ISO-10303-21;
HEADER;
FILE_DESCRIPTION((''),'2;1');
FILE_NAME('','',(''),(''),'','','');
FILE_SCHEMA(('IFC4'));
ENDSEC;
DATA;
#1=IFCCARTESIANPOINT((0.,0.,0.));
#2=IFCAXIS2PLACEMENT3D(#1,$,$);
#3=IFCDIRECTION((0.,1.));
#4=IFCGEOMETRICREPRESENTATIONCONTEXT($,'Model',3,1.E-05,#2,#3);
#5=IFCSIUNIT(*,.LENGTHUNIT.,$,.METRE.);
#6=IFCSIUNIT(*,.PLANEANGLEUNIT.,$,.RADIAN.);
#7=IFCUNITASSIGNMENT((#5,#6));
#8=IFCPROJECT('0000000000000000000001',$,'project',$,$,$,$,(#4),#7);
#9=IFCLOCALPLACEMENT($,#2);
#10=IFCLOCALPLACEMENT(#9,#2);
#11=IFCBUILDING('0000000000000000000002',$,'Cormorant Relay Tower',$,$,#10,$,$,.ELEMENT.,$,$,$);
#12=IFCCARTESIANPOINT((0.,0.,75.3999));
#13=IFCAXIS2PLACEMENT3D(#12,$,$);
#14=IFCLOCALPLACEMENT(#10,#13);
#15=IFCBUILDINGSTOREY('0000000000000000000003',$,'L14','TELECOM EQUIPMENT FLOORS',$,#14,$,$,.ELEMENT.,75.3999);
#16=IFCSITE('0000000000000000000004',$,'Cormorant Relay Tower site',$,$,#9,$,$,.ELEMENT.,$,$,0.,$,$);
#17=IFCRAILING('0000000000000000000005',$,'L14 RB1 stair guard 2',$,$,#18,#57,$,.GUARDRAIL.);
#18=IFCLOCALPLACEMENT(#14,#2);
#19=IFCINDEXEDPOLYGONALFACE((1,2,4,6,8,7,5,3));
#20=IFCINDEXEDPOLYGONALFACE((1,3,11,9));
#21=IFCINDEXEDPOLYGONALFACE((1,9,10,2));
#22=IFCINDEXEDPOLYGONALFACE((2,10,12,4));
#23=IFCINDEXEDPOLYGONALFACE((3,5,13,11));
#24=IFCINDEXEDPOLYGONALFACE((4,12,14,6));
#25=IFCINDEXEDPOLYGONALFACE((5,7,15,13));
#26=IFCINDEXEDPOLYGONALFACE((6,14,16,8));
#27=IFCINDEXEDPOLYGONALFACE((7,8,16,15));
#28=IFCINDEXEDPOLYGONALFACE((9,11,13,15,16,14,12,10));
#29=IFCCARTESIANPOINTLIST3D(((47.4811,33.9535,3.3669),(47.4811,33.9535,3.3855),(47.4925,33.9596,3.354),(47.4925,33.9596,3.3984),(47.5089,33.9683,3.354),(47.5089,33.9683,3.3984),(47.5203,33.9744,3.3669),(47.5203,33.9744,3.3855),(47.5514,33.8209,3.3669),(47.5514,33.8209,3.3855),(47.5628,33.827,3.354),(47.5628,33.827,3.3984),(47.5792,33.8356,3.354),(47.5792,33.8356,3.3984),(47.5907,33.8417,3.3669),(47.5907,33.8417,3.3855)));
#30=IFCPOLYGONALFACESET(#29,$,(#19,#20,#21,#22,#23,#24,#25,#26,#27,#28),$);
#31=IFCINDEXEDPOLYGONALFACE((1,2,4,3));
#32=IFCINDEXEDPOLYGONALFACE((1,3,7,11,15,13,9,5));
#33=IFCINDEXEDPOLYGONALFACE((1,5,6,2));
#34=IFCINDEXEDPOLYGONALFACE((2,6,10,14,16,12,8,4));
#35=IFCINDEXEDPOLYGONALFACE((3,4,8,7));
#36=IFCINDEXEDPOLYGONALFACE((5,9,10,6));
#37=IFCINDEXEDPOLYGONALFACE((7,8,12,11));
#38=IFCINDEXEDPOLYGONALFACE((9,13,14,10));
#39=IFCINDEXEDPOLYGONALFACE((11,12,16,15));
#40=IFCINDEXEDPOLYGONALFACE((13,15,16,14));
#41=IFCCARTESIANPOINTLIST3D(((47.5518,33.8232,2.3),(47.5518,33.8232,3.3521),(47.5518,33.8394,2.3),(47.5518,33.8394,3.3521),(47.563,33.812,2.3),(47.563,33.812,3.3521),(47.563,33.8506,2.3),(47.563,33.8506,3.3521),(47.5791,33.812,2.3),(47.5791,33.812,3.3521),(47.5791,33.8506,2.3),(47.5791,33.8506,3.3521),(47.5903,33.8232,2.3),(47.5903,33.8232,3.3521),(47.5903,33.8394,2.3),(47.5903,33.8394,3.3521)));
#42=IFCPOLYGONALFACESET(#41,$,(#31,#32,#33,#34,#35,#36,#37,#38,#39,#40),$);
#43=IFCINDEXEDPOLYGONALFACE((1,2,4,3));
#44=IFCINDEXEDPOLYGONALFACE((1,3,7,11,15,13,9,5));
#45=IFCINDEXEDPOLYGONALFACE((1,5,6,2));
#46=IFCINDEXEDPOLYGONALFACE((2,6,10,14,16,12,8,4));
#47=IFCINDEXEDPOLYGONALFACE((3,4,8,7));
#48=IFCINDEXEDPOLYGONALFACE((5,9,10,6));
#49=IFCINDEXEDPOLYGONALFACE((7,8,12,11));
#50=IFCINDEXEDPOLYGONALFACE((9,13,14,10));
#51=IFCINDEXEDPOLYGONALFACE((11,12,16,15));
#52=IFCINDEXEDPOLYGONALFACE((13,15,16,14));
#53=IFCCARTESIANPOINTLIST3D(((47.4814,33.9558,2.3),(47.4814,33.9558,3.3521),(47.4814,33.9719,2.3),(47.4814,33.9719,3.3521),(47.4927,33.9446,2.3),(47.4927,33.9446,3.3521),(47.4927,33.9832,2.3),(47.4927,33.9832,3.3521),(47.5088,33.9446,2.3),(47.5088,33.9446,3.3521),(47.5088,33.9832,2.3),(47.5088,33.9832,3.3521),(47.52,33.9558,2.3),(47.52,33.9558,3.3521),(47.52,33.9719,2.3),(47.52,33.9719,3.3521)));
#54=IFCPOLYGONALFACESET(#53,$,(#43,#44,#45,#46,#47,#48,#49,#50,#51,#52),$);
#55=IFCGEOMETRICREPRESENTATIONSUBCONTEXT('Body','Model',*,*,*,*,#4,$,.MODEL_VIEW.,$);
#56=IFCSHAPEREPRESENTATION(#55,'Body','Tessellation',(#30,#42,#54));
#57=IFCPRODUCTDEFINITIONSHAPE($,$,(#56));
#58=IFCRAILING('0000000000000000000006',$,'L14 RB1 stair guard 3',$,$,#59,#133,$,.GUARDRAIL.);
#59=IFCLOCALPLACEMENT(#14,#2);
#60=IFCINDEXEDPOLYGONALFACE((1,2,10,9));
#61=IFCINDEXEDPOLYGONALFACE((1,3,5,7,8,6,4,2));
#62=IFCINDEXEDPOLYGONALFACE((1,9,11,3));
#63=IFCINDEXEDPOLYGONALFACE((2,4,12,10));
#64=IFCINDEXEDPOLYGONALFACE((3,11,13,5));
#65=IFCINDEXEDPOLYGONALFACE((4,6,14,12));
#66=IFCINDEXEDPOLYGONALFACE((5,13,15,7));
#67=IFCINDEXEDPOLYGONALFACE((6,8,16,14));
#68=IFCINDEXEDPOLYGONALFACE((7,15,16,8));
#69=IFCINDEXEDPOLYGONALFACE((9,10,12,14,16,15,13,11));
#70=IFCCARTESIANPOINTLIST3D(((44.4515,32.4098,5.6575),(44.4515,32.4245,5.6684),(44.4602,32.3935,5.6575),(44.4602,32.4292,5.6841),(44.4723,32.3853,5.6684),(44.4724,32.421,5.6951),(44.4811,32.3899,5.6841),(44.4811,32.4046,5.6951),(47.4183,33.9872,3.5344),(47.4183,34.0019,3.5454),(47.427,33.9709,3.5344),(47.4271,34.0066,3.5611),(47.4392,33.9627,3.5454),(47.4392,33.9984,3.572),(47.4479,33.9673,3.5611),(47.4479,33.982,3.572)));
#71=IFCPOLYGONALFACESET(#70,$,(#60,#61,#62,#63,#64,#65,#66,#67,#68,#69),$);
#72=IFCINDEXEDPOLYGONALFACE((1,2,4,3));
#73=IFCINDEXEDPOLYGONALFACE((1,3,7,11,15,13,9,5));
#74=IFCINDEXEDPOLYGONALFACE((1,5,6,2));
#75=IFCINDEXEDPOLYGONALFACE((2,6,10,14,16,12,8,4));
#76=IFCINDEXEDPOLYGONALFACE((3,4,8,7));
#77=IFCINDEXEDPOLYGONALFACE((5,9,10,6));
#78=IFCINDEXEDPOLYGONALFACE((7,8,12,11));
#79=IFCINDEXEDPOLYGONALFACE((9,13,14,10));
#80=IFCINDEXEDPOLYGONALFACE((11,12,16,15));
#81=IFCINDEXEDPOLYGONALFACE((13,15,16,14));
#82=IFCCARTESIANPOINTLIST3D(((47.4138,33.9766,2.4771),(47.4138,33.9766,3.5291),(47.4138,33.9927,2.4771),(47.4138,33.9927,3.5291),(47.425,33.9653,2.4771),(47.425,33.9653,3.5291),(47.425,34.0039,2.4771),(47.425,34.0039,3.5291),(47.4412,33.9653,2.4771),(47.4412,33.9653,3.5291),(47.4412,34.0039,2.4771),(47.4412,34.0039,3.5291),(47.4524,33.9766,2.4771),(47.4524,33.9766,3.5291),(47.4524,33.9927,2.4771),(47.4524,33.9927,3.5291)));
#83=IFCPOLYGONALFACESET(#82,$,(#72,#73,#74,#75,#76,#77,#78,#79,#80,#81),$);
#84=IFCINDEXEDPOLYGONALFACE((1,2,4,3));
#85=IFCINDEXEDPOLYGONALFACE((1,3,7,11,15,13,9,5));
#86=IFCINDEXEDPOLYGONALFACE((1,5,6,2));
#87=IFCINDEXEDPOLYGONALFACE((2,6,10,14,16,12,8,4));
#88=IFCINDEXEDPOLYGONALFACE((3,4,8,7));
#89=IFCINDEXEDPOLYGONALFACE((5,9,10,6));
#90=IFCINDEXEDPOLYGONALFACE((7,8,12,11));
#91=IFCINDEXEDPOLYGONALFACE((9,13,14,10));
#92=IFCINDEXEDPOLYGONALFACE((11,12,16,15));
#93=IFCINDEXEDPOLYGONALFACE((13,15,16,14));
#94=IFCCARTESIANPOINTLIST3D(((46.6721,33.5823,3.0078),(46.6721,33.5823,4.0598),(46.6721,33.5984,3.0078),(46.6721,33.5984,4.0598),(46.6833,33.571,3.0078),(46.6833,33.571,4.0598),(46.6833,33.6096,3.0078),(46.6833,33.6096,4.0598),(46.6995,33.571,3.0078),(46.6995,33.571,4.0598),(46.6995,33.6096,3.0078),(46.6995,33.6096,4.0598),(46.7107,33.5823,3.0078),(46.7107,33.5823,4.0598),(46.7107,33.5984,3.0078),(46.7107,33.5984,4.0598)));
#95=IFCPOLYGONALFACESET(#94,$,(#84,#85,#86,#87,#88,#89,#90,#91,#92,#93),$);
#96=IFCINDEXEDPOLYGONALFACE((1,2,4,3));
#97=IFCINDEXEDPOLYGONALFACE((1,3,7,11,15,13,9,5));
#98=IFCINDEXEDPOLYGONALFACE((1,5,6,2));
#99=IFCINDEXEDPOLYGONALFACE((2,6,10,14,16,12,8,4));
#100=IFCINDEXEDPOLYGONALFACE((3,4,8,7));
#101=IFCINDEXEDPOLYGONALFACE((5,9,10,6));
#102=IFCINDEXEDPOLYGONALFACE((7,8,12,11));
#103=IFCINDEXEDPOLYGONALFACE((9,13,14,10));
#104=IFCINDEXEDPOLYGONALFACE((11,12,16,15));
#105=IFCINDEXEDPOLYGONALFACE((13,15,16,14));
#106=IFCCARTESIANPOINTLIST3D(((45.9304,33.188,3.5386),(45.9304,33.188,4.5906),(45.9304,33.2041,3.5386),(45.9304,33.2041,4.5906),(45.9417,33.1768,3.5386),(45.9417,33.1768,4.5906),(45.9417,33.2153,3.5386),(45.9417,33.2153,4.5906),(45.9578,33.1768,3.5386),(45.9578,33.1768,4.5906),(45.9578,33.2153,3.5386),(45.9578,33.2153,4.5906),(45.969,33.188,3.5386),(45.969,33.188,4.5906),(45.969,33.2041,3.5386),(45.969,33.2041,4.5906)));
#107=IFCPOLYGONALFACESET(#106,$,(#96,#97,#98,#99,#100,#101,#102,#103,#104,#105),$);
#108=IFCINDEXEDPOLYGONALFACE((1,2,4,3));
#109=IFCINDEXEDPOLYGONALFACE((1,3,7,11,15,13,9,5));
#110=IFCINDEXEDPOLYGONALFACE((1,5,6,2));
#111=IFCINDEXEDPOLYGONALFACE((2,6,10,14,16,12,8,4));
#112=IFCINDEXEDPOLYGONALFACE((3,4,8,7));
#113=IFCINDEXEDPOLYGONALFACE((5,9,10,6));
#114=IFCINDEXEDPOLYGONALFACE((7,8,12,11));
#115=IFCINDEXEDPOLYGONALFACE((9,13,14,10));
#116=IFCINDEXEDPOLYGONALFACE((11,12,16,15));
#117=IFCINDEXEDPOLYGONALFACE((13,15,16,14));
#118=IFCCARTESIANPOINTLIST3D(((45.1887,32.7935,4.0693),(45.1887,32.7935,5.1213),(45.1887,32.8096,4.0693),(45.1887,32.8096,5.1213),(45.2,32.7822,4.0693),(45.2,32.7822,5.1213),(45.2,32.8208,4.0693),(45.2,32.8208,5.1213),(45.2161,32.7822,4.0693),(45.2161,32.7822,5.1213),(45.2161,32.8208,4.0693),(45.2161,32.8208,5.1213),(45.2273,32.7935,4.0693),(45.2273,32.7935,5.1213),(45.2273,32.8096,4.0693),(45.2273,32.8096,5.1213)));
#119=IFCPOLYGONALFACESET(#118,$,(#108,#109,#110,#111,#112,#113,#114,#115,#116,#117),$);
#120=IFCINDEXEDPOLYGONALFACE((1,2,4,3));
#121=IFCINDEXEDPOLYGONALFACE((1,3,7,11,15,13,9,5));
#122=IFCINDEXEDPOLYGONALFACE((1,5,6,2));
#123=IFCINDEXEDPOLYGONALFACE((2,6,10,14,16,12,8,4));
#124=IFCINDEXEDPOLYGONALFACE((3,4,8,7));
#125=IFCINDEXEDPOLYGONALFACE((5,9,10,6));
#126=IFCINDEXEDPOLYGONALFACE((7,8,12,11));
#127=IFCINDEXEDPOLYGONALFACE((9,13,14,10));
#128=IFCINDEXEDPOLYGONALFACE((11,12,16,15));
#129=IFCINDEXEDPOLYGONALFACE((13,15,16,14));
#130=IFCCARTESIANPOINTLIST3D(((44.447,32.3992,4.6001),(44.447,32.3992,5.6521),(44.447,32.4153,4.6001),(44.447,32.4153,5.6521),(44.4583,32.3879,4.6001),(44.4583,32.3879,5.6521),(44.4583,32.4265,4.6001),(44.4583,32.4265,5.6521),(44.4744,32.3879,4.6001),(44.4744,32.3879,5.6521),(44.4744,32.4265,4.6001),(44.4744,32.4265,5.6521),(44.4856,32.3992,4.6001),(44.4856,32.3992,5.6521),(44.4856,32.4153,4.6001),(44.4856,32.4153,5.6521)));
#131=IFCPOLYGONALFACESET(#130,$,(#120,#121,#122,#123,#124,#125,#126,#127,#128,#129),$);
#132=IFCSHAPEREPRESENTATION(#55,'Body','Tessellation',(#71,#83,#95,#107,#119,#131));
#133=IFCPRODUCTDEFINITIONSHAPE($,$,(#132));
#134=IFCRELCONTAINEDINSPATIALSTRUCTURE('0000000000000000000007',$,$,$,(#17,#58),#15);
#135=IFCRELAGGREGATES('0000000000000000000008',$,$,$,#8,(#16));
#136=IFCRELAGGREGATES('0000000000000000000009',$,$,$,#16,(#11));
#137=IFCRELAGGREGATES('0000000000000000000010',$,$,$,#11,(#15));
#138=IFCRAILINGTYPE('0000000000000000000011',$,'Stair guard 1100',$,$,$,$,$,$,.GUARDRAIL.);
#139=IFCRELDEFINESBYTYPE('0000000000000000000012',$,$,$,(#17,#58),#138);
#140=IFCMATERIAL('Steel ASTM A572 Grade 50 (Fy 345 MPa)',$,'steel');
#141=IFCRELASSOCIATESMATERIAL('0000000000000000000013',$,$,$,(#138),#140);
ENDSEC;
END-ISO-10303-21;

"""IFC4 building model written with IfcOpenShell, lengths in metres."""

from ifc_helpers import new_model, si_unit, direction, frame, origin, place, context, subcontext, project, spatial, polyline, outline, extrude, material, type_object, element, save


model = new_model("IFC4")

# Units and contexts
model_context = context("Model", 3, precision=1e-05, world=origin(), true_north=direction((0.0, 1.0)))
body_context = subcontext(model_context, "Body", "Model", "MODEL_VIEW")
ifc_project = project(units=[si_unit("LENGTHUNIT", "METRE"), si_unit("PLANEANGLEUNIT", "RADIAN")], contexts=[model_context])

# Site, building, storey
site_placement = place(None, origin())
site = spatial("IfcSite", under=ifc_project, at=site_placement, Name="Cormorant Relay Tower site", CompositionType="ELEMENT", RefElevation=0.0)
building_placement = place(site_placement, origin())
building = spatial("IfcBuilding", under=site, at=building_placement, Name="Cormorant Relay Tower", CompositionType="ELEMENT")
storey_placement = place(building_placement, frame((0.0, 0.0, 75.3999)))
storey = spatial("IfcBuildingStorey", under=building, at=storey_placement, Name="L14", Description="TELECOM EQUIPMENT FLOORS", CompositionType="ELEMENT", Elevation=75.3999)

# Railings
ifc_material_1 = material(Name="Steel ASTM A572 Grade 50 (Fy 345 MPa)", Category="steel")
railing_type_1 = type_object("IfcRailingType", Name="Stair guard 1100", PredefinedType="GUARDRAIL", material=ifc_material_1)
railing_1_placement = place(storey_placement, frame((47.571, 33.8313, 2.3)))
element("IfcRailing", 1, at=railing_1_placement, inside=storey, type_object=railing_type_1, Name="L14 RB1 stair guard 2", PredefinedType="GUARDRAIL", context=body_context, shape_type="SweptSolid", body=[
    extrude(outline(polyline([(0.0222, 0.0093), (0.0093, 0.0222), (-0.0093, 0.0222), (-0.0222, 0.0093), (-0.0222, -0.0093), (-0.0093, -0.0222), (0.0093, -0.0222), (0.0222, -0.0093), (0.0222, 0.0093)])), frame((0.0, 0.0, 1.0762), z_axis=(-0.46856, 0.883431, 0.0), x_axis=(-0.883431, -0.46856, 0.0)), (0.0, 0.0, 1.0), 0.1501),
    extrude(outline(polyline([(0.0193, 0.0081), (0.0081, 0.0193), (-0.0081, 0.0193), (-0.0193, 0.0081), (-0.0193, -0.0081), (-0.0081, -0.0193), (0.0081, -0.0193), (0.0193, -0.0081), (0.0193, 0.0081)])), origin(), (0.0, 0.0, 1.0), 1.052),
    extrude(outline(polyline([(0.0193, 0.0081), (0.0081, 0.0193), (-0.0081, 0.0193), (-0.0193, 0.0081), (-0.0193, -0.0081), (-0.0081, -0.0193), (0.0081, -0.0193), (0.0193, -0.0081), (0.0193, 0.0081)])), frame((-0.0703, 0.1326, 0.0)), (0.0, 0.0, 1.0), 1.052),
])
railing_2_placement = place(storey_placement, frame((47.4331, 33.9846, 2.4771)))
element("IfcRailing", 2, at=railing_2_placement, inside=storey, type_object=railing_type_1, Name="L14 RB1 stair guard 3", PredefinedType="GUARDRAIL", context=body_context, shape_type="SweptSolid", body=[
    extrude(outline(polyline([(0.0222, 0.0093), (0.0093, 0.0222), (-0.0093, 0.0222), (-0.0222, 0.0093), (-0.0222, -0.0093), (-0.0093, -0.0222), (0.0093, -0.0222), (0.0222, -0.0093), (0.0222, 0.0093)])), frame((0.0, 0.0, 1.0762), z_axis=(-0.746441, -0.396869, 0.534155), x_axis=(0.469453, -0.882958, 0.0)), (0.0, 0.0, 1.0), 3.9746),
    extrude(outline(polyline([(0.0193, 0.0081), (0.0081, 0.0193), (-0.0081, 0.0193), (-0.0193, 0.0081), (-0.0193, -0.0081), (-0.0081, -0.0193), (0.0081, -0.0193), (0.0193, -0.0081), (0.0193, 0.0081)])), origin(), (0.0, 0.0, 1.0), 1.052),
    extrude(outline(polyline([(0.0193, 0.0081), (0.0081, 0.0193), (-0.0081, 0.0193), (-0.0193, 0.0081), (-0.0193, -0.0081), (-0.0081, -0.0193), (0.0081, -0.0193), (0.0193, -0.0081), (0.0193, 0.0081)])), frame((-0.7417, -0.3943, 0.5308)), (0.0, 0.0, 1.0), 1.052),
    extrude(outline(polyline([(0.0193, 0.0081), (0.0081, 0.0193), (-0.0081, 0.0193), (-0.0193, 0.0081), (-0.0193, -0.0081), (-0.0081, -0.0193), (0.0081, -0.0193), (0.0193, -0.0081), (0.0193, 0.0081)])), frame((-1.4834, -0.7886, 1.0615)), (0.0, 0.0, 1.0), 1.052),
    extrude(outline(polyline([(0.0193, 0.0081), (0.0081, 0.0193), (-0.0081, 0.0193), (-0.0193, 0.0081), (-0.0193, -0.0081), (-0.0081, -0.0193), (0.0081, -0.0193), (0.0193, -0.0081), (0.0193, 0.0081)])), frame((-2.2251, -1.1831, 1.5923)), (0.0, 0.0, 1.0), 1.052),
    extrude(outline(polyline([(0.0193, 0.0081), (0.0081, 0.0193), (-0.0081, 0.0193), (-0.0193, 0.0081), (-0.0193, -0.0081), (-0.0081, -0.0193), (0.0081, -0.0193), (0.0193, -0.0081), (0.0193, 0.0081)])), frame((-2.9668, -1.5774, 2.123)), (0.0, 0.0, 1.0), 1.052),
])

save(model, "model.ifc")
